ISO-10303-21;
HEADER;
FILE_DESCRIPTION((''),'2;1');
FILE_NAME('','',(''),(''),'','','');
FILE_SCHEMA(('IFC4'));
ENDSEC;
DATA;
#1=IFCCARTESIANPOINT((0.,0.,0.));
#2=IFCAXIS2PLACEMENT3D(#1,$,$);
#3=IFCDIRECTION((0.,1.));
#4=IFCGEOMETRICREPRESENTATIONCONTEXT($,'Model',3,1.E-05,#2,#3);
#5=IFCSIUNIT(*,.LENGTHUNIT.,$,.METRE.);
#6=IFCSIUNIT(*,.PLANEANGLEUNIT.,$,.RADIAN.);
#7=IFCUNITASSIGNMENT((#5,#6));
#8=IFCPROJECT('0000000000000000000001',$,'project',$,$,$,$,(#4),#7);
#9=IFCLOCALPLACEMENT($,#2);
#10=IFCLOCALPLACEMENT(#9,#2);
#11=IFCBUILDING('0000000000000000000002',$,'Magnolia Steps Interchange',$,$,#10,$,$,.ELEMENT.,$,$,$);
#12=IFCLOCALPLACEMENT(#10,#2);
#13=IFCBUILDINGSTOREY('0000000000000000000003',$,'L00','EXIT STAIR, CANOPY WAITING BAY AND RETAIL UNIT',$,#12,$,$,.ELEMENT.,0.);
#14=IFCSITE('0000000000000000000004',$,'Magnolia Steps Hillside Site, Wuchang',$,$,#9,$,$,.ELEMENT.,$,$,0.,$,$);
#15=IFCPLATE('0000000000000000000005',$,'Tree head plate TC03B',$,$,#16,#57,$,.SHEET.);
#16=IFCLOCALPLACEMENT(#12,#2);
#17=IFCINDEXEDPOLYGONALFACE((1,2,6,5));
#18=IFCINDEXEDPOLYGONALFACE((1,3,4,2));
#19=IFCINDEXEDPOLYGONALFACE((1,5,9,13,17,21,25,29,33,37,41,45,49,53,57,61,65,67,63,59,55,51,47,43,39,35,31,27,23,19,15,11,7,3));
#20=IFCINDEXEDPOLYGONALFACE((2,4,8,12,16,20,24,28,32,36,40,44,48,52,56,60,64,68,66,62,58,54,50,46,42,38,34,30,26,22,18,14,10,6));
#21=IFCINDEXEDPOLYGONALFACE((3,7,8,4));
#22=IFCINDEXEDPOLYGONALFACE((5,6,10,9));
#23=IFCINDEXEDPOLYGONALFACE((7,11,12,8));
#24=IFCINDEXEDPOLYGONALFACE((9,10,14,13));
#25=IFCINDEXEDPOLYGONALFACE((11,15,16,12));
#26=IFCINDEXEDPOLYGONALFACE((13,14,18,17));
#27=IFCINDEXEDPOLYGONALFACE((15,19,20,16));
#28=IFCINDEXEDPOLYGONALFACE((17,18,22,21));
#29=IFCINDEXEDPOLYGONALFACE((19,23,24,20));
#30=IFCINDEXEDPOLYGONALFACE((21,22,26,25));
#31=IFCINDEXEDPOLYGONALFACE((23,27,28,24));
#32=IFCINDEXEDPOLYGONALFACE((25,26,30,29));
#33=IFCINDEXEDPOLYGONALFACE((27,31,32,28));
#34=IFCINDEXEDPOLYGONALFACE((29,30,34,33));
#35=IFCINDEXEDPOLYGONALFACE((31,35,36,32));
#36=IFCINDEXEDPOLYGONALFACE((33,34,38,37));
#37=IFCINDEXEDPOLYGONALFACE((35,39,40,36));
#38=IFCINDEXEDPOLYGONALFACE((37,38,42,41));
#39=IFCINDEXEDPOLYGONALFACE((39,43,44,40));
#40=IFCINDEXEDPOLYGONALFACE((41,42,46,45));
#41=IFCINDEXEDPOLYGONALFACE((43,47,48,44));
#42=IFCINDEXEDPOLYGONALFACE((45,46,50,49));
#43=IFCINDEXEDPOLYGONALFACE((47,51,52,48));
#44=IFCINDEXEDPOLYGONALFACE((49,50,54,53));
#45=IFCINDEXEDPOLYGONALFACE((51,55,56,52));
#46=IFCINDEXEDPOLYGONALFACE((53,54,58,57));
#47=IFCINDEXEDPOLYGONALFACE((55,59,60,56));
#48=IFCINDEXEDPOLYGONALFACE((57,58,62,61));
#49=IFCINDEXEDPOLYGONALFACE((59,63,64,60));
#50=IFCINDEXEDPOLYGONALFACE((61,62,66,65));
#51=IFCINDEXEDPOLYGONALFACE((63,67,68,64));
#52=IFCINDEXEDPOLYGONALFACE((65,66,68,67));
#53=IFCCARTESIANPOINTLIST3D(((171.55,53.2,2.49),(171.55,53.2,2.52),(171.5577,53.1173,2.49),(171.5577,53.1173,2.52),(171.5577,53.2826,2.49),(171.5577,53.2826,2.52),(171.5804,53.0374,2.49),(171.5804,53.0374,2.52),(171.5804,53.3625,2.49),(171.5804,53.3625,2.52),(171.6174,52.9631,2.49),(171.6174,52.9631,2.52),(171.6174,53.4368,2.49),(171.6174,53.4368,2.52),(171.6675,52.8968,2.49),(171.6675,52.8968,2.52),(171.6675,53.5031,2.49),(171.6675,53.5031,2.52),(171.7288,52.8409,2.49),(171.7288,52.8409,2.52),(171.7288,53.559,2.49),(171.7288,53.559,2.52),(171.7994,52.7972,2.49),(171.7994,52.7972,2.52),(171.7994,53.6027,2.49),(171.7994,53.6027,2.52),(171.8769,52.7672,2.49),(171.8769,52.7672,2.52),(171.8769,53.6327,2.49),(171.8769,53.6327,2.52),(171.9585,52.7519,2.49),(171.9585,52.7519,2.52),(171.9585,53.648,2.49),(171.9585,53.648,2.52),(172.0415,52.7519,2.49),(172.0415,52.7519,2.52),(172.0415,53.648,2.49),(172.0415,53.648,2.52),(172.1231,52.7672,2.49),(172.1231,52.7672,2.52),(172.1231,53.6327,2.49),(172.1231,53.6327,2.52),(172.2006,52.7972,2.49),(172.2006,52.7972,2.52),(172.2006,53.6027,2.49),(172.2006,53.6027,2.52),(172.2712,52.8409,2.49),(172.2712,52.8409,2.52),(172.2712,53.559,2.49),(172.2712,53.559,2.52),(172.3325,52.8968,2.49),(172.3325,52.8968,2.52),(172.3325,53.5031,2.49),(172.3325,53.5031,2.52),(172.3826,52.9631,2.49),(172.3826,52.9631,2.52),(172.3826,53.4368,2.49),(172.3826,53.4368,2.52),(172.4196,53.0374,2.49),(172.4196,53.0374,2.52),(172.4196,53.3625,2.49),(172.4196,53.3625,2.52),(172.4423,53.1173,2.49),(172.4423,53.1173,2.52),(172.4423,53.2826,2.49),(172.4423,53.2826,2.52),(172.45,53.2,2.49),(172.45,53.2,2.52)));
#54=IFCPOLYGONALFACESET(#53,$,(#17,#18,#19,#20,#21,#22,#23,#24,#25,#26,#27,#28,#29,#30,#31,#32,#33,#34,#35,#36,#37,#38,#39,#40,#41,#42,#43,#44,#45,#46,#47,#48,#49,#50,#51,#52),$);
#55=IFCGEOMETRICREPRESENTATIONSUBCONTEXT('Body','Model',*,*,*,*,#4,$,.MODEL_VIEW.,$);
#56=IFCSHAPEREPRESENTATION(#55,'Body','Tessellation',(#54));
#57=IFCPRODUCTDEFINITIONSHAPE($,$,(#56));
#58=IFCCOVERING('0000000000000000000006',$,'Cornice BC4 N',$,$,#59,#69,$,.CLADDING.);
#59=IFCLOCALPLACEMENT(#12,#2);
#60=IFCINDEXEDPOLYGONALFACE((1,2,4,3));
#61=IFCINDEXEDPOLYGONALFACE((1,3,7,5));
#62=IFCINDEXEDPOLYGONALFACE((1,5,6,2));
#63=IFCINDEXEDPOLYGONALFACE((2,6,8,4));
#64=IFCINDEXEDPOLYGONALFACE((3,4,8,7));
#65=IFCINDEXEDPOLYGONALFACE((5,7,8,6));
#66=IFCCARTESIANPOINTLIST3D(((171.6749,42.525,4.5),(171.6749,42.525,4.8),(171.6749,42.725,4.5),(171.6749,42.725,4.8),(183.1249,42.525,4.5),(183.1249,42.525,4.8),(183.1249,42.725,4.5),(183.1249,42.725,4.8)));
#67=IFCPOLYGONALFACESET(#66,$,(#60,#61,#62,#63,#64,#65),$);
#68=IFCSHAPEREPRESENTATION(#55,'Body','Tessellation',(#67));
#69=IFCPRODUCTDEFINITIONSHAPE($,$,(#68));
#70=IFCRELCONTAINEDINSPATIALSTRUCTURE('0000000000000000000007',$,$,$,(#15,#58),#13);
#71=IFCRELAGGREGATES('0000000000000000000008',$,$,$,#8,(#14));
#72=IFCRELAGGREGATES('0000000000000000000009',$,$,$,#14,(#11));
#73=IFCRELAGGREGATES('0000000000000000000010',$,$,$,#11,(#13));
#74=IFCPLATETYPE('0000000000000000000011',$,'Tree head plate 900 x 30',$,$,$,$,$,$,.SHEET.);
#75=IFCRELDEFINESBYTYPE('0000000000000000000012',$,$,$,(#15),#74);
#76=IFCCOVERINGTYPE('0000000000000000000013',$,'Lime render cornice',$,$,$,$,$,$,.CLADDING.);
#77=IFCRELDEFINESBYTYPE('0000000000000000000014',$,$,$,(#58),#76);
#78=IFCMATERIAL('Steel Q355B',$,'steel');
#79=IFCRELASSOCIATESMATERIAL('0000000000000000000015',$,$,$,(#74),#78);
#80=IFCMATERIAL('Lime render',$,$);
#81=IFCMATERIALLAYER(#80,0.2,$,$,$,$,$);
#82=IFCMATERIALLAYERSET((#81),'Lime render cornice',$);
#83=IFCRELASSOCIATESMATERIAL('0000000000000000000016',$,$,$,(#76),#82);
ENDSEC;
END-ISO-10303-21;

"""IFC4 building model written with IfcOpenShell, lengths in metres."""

from ifc_helpers import new_model, si_unit, direction, frame, origin, origin_2d, place, context, subcontext, project, spatial, rectangle, circle, extrude, material, layer, layer_set, material_profile, profile_set, type_object, element, save


model = new_model("IFC4")

# Units and contexts
model_context = context("Model", 3, precision=1e-05, world=origin(), true_north=direction((0.0, 1.0)))
body_context = subcontext(model_context, "Body", "Model", "MODEL_VIEW")
ifc_project = project(units=[si_unit("LENGTHUNIT", "METRE"), si_unit("PLANEANGLEUNIT", "RADIAN")], contexts=[model_context])

# Site, building, storey
site_placement = place(None, origin())
site = spatial("IfcSite", under=ifc_project, at=site_placement, Name="Magnolia Steps Hillside Site, Wuchang", CompositionType="ELEMENT", RefElevation=0.0)
building_placement = place(site_placement, origin())
building = spatial("IfcBuilding", under=site, at=building_placement, Name="Magnolia Steps Interchange", CompositionType="ELEMENT")
storey_placement = place(building_placement, origin())
storey = spatial("IfcBuildingStorey", under=building, at=storey_placement, Name="L00", Description="EXIT STAIR, CANOPY WAITING BAY AND RETAIL UNIT", CompositionType="ELEMENT", Elevation=0.0)

# Plate
ifc_material_1 = material(Name="Steel Q355B", Category="steel")
ifc_material_profile_1 = material_profile(ifc_material_1, circle(Radius=0.45, at=origin_2d()), Name="Tree head plate 900 x 30")
ifc_profile_set_1 = profile_set([ifc_material_profile_1], Name="Steel Q355B")
plate_type = type_object("IfcPlateType", Name="Tree head plate 900 x 30", PredefinedType="SHEET", material=ifc_profile_set_1)
plate_placement = place(storey_placement, frame((172.0, 53.2, 2.49), z_axis=(0.0, 0.0, 1.0), x_axis=(1.0, 0.0, 0.0)))
element("IfcPlate", 1, at=plate_placement, inside=storey, type_object=plate_type, Name="Tree head plate TC03B", PredefinedType="SHEET", context=body_context, shape_type="SweptSolid", body=[
    extrude(circle(Radius=0.45, at=origin_2d()), origin(), (0.0, 0.0, 1.0), 0.03),
])

# Covering
ifc_material_2 = material(Name="Lime render")
ifc_layer = layer(ifc_material_2, 0.2)
ifc_layer_set = layer_set([ifc_layer], Name="Lime render cornice")
covering_type = type_object("IfcCoveringType", Name="Lime render cornice", PredefinedType="CLADDING", material=ifc_layer_set)
covering_placement = place(storey_placement, frame((177.3999, 42.625, 4.5), z_axis=(0.0, 0.0, 1.0), x_axis=(1.0, 0.0, 0.0)))
element("IfcCovering", 2, at=covering_placement, inside=storey, type_object=covering_type, Name="Cornice BC4 N", PredefinedType="CLADDING", context=body_context, shape_type="SweptSolid", body=[
    extrude(rectangle(XDim=11.45, YDim=0.2, at=origin_2d()), origin(), (0.0, 0.0, 1.0), 0.3),
])

save(model, "model.ifc")
